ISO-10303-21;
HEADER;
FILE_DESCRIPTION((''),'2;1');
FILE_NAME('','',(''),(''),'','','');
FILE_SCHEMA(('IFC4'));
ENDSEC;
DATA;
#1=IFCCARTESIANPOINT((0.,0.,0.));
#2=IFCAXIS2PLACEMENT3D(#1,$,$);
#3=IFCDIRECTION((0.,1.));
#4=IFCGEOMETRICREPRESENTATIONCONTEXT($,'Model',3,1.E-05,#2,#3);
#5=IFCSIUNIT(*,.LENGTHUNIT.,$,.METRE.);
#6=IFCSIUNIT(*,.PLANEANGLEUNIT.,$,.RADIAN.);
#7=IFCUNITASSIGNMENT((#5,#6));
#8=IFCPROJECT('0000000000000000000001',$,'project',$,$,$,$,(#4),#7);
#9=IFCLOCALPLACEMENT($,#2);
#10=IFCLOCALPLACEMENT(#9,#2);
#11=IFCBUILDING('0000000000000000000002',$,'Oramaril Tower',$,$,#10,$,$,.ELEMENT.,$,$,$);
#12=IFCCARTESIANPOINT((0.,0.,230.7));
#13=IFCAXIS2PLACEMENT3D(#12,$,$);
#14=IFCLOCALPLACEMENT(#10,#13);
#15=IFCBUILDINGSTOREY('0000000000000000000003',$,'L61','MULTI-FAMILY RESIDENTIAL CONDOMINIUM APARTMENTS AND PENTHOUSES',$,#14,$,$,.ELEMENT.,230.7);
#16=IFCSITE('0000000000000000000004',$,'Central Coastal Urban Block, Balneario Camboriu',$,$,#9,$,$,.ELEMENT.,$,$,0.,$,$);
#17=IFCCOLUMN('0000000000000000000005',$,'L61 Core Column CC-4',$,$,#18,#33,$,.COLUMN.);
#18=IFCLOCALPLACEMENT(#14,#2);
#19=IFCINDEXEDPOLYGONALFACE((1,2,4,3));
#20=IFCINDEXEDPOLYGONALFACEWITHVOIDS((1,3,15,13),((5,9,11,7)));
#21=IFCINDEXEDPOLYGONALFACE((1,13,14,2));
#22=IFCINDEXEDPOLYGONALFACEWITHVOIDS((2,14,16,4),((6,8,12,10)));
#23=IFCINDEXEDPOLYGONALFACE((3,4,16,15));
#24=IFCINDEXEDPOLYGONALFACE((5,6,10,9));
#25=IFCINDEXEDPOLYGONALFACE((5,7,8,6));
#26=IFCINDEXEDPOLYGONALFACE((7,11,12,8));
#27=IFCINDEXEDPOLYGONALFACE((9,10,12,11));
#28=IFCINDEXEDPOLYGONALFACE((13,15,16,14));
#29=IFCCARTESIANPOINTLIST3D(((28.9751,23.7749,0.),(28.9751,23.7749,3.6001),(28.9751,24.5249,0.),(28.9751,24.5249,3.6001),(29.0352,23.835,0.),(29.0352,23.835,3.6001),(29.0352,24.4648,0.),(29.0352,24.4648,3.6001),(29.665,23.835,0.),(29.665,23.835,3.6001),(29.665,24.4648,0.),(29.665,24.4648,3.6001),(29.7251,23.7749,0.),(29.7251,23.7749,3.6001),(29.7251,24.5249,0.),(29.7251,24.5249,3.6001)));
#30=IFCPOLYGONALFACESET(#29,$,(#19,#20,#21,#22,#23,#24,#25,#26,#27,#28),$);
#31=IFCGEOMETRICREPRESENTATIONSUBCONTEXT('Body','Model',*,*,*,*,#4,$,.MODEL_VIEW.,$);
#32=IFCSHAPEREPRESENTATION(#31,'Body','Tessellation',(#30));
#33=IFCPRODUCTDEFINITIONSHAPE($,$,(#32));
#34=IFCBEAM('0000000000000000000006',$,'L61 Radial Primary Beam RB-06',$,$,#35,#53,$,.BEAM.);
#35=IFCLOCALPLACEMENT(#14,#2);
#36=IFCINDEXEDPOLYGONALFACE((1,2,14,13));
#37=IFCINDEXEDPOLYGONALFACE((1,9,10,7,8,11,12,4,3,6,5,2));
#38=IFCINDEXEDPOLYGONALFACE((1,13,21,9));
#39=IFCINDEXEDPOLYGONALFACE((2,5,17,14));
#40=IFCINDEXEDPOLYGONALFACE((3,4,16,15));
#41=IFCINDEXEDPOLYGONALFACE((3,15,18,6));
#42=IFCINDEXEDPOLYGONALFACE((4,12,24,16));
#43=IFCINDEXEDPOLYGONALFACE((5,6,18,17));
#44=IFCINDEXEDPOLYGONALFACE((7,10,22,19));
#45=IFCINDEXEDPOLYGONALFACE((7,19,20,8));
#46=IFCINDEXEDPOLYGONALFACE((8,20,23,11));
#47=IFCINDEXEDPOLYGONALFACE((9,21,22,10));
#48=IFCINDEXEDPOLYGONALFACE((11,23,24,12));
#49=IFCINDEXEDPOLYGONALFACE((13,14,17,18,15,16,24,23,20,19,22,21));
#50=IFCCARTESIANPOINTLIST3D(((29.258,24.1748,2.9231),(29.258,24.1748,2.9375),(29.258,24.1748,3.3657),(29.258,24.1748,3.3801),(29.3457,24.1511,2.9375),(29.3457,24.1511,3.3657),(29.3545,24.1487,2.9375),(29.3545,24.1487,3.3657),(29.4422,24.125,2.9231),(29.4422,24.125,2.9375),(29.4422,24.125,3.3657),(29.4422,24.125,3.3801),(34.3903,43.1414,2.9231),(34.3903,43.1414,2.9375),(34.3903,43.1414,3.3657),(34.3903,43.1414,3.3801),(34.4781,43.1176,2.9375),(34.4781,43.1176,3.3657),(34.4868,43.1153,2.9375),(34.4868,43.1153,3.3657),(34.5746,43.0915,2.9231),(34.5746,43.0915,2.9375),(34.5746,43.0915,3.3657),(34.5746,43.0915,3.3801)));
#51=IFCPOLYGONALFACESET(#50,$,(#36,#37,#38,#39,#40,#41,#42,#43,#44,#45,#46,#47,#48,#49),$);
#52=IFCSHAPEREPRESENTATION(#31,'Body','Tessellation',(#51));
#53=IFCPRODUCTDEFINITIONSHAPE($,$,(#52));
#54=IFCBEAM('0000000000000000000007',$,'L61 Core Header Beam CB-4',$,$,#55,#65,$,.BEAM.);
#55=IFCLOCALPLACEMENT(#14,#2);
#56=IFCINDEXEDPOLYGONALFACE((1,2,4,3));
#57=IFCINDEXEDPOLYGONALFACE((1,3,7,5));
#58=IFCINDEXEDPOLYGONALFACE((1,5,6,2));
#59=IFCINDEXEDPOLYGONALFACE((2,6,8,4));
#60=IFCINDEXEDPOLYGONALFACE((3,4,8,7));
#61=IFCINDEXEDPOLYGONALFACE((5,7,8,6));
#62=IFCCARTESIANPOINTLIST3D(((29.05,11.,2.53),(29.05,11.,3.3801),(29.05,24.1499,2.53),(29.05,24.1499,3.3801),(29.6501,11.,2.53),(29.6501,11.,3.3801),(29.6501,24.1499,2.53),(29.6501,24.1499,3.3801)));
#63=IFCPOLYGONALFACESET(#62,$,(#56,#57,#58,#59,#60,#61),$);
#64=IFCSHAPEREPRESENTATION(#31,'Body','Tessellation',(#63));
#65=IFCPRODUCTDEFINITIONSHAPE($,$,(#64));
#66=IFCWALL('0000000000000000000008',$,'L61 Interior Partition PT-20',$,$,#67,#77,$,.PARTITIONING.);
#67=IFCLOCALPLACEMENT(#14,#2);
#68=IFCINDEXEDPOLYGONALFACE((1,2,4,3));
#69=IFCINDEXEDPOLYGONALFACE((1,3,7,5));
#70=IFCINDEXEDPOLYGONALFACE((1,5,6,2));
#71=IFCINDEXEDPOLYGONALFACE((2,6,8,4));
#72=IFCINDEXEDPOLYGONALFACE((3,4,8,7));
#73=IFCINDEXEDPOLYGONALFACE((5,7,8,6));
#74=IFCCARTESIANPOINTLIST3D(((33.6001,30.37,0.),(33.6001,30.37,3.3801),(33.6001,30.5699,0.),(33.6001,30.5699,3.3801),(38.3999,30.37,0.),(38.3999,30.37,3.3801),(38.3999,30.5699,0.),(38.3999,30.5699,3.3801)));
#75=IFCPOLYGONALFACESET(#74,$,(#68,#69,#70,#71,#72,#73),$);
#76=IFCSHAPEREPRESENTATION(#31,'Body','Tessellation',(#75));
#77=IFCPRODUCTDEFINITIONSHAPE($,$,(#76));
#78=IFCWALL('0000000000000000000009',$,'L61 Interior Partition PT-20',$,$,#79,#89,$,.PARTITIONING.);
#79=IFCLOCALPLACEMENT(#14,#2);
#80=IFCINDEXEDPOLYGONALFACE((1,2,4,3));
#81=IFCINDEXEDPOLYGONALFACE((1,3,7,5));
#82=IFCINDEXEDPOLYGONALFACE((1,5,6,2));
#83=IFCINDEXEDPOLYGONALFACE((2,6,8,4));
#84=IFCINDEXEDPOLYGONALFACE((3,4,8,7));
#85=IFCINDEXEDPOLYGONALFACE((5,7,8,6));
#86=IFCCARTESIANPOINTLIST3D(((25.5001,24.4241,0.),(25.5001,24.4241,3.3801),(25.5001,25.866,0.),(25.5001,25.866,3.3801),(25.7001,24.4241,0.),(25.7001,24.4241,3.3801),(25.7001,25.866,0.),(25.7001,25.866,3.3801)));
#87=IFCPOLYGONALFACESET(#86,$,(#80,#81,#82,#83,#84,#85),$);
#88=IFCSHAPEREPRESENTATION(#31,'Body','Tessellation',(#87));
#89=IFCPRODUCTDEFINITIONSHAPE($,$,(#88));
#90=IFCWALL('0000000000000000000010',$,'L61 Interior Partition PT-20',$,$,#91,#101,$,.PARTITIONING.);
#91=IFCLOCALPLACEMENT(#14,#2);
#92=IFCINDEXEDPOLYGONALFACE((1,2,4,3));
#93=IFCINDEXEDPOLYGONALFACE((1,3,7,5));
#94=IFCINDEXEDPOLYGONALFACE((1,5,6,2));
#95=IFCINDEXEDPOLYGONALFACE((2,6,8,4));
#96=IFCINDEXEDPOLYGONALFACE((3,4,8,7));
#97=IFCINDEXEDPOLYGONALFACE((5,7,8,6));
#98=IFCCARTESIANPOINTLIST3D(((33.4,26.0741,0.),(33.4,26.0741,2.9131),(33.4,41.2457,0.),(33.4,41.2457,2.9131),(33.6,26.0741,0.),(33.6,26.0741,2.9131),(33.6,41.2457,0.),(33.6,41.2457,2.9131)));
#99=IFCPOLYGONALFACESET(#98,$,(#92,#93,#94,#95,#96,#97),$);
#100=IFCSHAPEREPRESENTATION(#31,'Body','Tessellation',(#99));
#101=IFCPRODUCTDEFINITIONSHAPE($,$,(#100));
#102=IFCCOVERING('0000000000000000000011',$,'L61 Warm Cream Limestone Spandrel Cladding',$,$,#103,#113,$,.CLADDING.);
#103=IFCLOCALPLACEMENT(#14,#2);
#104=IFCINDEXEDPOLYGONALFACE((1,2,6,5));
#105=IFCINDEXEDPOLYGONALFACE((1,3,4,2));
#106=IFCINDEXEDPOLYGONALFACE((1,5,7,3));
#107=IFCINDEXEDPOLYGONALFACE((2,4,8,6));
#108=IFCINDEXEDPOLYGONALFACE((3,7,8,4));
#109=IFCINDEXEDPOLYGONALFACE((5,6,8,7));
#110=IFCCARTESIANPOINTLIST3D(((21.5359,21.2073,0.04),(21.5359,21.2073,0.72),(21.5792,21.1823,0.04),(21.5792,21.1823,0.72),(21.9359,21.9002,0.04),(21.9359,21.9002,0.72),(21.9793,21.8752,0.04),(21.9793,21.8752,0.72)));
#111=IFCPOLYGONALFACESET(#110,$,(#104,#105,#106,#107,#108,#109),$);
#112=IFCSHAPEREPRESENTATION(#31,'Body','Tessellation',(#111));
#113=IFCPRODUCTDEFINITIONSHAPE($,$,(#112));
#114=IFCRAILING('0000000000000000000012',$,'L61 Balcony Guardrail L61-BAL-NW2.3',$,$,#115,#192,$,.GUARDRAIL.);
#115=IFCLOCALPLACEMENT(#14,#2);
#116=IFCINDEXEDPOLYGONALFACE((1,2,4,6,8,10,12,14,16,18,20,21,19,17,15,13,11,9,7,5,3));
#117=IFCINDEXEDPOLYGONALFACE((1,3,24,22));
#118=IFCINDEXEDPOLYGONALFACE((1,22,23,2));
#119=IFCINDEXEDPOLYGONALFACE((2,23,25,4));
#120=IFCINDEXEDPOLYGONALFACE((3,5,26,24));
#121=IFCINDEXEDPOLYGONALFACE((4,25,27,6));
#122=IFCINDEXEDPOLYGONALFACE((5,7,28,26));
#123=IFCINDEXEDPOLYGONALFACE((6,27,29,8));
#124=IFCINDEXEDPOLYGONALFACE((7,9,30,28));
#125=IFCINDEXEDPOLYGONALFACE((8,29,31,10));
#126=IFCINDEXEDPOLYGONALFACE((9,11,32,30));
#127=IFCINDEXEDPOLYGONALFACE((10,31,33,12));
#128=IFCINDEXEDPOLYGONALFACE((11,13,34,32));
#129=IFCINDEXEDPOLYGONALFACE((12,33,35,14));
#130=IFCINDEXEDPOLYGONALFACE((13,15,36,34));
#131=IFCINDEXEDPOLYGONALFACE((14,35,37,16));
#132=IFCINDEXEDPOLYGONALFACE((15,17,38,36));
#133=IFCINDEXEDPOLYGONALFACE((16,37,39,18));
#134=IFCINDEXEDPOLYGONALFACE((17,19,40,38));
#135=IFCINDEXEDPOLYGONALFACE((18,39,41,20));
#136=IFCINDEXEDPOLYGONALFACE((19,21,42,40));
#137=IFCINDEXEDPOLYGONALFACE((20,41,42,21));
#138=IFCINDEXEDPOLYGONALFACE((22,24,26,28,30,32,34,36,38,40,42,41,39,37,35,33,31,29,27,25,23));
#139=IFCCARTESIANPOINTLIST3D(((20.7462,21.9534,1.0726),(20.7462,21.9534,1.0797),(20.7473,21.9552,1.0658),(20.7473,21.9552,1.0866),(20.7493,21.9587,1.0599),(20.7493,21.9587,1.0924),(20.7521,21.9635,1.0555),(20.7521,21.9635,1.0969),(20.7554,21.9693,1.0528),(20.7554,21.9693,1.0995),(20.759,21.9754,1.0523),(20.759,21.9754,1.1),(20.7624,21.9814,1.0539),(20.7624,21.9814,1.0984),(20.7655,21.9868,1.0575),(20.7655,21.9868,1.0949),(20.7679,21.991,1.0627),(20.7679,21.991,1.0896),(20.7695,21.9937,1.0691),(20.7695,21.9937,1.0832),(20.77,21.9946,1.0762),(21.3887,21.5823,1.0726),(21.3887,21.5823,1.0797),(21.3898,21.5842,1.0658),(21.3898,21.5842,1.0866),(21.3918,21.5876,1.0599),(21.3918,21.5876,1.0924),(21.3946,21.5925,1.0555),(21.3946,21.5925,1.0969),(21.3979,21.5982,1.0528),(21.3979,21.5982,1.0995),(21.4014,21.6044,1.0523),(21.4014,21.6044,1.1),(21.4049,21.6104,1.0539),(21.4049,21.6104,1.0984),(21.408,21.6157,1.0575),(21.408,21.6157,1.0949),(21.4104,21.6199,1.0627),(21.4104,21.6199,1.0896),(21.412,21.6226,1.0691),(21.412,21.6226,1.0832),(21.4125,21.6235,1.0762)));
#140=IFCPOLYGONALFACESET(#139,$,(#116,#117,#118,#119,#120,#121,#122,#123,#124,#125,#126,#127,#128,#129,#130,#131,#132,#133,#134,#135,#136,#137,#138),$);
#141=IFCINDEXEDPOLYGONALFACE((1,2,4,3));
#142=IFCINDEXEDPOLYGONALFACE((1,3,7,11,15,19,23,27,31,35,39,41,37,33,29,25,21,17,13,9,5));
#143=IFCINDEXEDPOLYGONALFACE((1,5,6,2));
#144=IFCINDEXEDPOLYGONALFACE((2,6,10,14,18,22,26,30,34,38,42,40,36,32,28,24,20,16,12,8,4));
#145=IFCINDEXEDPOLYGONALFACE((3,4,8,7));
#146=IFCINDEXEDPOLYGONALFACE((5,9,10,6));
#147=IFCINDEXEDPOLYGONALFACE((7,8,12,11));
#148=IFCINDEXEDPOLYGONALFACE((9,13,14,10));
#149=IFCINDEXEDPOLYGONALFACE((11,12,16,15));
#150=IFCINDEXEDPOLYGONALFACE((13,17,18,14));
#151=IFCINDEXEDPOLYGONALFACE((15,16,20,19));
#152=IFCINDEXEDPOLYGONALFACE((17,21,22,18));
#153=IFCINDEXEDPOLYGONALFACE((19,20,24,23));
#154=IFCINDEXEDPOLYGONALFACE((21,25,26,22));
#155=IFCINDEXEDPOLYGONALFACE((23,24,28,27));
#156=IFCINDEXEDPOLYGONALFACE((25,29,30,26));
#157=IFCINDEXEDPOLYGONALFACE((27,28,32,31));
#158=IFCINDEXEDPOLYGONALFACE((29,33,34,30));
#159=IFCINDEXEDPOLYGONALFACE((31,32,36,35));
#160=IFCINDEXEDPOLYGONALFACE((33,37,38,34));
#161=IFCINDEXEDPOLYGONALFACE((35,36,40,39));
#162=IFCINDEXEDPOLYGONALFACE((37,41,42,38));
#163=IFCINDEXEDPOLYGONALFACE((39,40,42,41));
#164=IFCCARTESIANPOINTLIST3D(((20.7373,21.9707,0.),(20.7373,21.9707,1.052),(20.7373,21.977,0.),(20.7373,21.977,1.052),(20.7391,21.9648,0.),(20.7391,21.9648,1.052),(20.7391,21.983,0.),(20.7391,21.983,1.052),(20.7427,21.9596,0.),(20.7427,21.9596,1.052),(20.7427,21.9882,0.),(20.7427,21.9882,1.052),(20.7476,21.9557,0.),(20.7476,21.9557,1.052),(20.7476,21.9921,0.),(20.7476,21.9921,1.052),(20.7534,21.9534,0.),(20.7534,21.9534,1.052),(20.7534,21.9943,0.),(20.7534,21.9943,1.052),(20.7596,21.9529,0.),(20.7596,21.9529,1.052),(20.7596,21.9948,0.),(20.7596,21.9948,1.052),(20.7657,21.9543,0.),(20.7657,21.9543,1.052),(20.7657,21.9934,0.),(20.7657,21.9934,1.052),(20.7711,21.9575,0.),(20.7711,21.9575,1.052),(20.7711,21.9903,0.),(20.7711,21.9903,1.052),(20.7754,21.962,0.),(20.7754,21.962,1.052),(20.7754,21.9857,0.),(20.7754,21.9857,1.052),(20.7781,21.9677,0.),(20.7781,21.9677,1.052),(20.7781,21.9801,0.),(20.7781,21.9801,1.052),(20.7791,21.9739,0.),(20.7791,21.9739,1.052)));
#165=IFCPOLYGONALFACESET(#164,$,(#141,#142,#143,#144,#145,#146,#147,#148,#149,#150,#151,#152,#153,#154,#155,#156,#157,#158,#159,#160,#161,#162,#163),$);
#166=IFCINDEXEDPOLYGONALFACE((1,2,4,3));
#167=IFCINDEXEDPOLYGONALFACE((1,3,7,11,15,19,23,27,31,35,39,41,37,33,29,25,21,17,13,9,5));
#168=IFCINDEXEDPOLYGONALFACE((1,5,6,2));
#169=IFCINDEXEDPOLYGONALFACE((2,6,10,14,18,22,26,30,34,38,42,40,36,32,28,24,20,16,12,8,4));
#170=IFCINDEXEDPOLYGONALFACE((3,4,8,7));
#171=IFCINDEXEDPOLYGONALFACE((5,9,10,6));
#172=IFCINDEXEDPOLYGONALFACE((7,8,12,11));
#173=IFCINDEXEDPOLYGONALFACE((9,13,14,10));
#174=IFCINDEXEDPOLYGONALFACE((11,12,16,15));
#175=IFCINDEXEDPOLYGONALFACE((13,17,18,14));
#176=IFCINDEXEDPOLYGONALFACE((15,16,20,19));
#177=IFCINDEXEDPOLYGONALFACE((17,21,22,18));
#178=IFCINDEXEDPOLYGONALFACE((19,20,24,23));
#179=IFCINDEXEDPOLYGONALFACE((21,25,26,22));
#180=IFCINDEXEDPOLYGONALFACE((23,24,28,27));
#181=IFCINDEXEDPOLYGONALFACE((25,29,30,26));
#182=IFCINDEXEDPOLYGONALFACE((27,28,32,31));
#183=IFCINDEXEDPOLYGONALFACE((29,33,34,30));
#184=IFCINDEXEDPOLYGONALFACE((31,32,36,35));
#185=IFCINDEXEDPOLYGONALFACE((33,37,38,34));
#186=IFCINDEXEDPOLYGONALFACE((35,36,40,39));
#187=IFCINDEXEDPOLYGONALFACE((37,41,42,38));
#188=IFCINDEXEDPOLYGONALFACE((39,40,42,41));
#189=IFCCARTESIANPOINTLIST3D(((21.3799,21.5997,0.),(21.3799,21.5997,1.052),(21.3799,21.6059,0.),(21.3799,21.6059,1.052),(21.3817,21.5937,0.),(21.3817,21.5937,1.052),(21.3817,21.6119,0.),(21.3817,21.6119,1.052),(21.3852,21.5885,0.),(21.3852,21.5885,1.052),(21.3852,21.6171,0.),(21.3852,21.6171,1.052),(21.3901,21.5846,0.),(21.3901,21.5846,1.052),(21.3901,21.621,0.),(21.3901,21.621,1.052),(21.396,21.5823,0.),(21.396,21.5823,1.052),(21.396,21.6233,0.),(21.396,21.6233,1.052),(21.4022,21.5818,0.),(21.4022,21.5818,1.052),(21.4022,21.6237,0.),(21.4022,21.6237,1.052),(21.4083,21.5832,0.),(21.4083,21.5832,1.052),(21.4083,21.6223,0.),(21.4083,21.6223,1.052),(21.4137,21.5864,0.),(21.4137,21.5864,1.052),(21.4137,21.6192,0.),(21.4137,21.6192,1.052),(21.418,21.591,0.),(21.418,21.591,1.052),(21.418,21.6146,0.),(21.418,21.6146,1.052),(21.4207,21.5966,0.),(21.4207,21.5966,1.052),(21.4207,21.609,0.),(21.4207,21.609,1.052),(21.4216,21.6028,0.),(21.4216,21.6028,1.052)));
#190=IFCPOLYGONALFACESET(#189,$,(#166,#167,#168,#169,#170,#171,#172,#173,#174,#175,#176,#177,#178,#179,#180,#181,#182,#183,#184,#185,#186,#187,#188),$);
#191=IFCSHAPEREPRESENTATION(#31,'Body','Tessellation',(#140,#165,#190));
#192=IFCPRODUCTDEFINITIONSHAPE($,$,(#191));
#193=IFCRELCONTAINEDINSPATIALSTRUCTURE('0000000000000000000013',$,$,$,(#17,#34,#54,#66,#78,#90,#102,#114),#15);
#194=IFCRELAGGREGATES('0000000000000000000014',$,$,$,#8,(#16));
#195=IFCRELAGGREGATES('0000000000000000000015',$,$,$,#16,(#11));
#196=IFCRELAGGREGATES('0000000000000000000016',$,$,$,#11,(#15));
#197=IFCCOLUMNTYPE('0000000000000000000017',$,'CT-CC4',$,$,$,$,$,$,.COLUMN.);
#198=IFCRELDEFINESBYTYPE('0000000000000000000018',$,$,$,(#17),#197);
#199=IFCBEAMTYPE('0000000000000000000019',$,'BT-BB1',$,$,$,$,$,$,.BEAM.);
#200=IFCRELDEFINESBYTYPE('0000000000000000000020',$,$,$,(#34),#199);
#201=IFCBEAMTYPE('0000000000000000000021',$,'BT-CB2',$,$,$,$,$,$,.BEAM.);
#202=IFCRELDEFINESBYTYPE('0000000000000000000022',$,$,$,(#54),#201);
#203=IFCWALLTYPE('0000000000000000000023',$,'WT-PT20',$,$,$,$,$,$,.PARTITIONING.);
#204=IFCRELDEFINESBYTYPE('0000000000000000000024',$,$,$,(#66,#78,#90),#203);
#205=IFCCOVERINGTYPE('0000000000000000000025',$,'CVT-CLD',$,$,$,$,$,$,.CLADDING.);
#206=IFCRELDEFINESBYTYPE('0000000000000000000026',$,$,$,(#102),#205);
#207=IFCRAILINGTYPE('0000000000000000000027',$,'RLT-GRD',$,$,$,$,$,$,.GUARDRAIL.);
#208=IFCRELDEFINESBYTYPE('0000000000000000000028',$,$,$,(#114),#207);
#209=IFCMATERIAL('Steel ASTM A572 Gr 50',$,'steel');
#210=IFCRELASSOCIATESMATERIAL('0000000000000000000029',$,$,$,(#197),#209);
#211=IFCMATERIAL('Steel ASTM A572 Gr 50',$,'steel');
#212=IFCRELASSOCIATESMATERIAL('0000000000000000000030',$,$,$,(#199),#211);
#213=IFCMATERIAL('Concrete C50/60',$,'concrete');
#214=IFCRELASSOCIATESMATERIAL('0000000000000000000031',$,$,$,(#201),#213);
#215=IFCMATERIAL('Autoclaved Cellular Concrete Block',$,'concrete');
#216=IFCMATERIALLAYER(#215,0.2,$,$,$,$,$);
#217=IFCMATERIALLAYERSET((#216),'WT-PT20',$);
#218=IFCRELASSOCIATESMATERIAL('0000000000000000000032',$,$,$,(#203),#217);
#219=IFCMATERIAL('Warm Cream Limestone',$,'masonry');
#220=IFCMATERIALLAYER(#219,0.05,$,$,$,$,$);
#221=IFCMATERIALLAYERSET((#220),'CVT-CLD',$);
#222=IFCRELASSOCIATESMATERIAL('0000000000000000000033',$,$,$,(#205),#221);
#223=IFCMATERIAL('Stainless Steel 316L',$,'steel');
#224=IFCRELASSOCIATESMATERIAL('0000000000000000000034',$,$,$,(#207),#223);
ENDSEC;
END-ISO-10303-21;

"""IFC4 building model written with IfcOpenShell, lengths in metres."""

from ifc_helpers import new_model, si_unit, direction, frame, frame_2d, origin, origin_2d, place, context, subcontext, project, spatial, rectangle, hollow_rectangle, circle, i_section, extrude, material, layer, layer_set, material_profile, profile_set, type_object, element, save


model = new_model("IFC4")

# Units and contexts
model_context = context("Model", 3, precision=1e-05, world=origin(), true_north=direction((0.0, 1.0)))
body_context = subcontext(model_context, "Body", "Model", "MODEL_VIEW")
ifc_project = project(units=[si_unit("LENGTHUNIT", "METRE"), si_unit("PLANEANGLEUNIT", "RADIAN")], contexts=[model_context])

# Site, building, storey
site_placement = place(None, origin())
site = spatial("IfcSite", under=ifc_project, at=site_placement, Name="Central Coastal Urban Block, Balneario Camboriu", CompositionType="ELEMENT", RefElevation=0.0)
building_placement = place(site_placement, origin())
building = spatial("IfcBuilding", under=site, at=building_placement, Name="Oramaril Tower", CompositionType="ELEMENT")
storey_placement = place(building_placement, frame((0.0, 0.0, 230.7)))
storey = spatial("IfcBuildingStorey", under=building, at=storey_placement, Name="L61", Description="MULTI-FAMILY RESIDENTIAL CONDOMINIUM APARTMENTS AND PENTHOUSES", CompositionType="ELEMENT", Elevation=230.7)

# Column
ifc_material_1 = material(Name="Steel ASTM A572 Gr 50", Category="steel")
ifc_material_profile_1 = material_profile(ifc_material_1, hollow_rectangle(XDim=0.75, YDim=0.75, WallThickness=0.0601, at=origin_2d()), Name="BOX750X750X60")
ifc_profile_set_1 = profile_set([ifc_material_profile_1], Name="Steel ASTM A572 Gr 50")
column_type = type_object("IfcColumnType", Name="CT-CC4", PredefinedType="COLUMN", material=ifc_profile_set_1)
column_placement = place(storey_placement, frame((29.3501, 24.1499, 0.0), z_axis=(0.0, 0.0, 1.0), x_axis=(1.0, 0.0, 0.0)))
element("IfcColumn", 1, at=column_placement, inside=storey, type_object=column_type, Name="L61 Core Column CC-4", PredefinedType="COLUMN", context=body_context, shape_type="SweptSolid", body=[
    extrude(hollow_rectangle(XDim=0.75, YDim=0.75, WallThickness=0.0601, at=origin_2d()), origin(), (0.0, 0.0, 1.0), 3.6001),
])

# Beams
ifc_material_2 = material(Name="Steel ASTM A572 Gr 50", Category="steel")
ifc_material_profile_2 = material_profile(ifc_material_2, i_section(OverallWidth=0.1909, OverallDepth=0.457, WebThickness=0.009, FlangeThickness=0.0144, at=origin_2d()), Name="W18X50")
ifc_profile_set_2 = profile_set([ifc_material_profile_2], Name="Steel ASTM A572 Gr 50")
beam_type_1 = type_object("IfcBeamType", Name="BT-BB1", PredefinedType="BEAM", material=ifc_profile_set_2)
beam_1_placement = place(storey_placement, frame((29.3501, 24.1499, 3.1516), z_axis=(0.261204, 0.965284, 0.0), x_axis=(-0.965284, 0.261204, 0.0)))
element("IfcBeam", 2, at=beam_1_placement, inside=storey, type_object=beam_type_1, Name="L61 Radial Primary Beam RB-06", PredefinedType="BEAM", context=body_context, shape_type="SweptSolid", body=[
    extrude(i_section(OverallWidth=0.1909, OverallDepth=0.457, WebThickness=0.009, FlangeThickness=0.0144, at=origin_2d()), origin(), (0.0, 0.0, 1.0), 19.6487),
])
ifc_material_3 = material(Name="Concrete C50/60", Category="concrete")
ifc_material_profile_3 = material_profile(ifc_material_3, rectangle(XDim=0.6001, YDim=0.8501, at=origin_2d()), Name="CB600X850")
ifc_profile_set_3 = profile_set([ifc_material_profile_3], Name="Concrete C50/60")
beam_type_2 = type_object("IfcBeamType", Name="BT-CB2", PredefinedType="BEAM", material=ifc_profile_set_3)
beam_2_placement = place(storey_placement, frame((29.3501, 24.1499, 2.9551), z_axis=(0.0, -1.0, 0.0), x_axis=(1.0, 0.0, 0.0)))
element("IfcBeam", 3, at=beam_2_placement, inside=storey, type_object=beam_type_2, Name="L61 Core Header Beam CB-4", PredefinedType="BEAM", context=body_context, shape_type="SweptSolid", body=[
    extrude(rectangle(XDim=0.6001, YDim=0.8501, at=origin_2d()), origin(), (0.0, 0.0, 1.0), 13.1499),
])

# Shared definitions
ifc_material_4 = material(Name="Autoclaved Cellular Concrete Block", Category="concrete")
ifc_layer_1 = layer(ifc_material_4, 0.2)
ifc_layer_set_1 = layer_set([ifc_layer_1], Name="WT-PT20")
wall_type_1 = type_object("IfcWallType", Name="WT-PT20", PredefinedType="PARTITIONING", material=ifc_layer_set_1)

# Walls
wall_1_placement = place(storey_placement, frame((33.6001, 30.47, 0.0), z_axis=(0.0, 0.0, 1.0), x_axis=(1.0, 0.0, 0.0)))
element("IfcWall", 4, at=wall_1_placement, inside=storey, type_object=wall_type_1, Name="L61 Interior Partition PT-20", PredefinedType="PARTITIONING", context=body_context, shape_type="SweptSolid", body=[
    extrude(rectangle(XDim=4.7998, YDim=0.2, at=frame_2d((2.3999, 0.0))), origin(), (0.0, 0.0, 1.0), 3.3801),
])
wall_2_placement = place(storey_placement, frame((25.6001, 24.4241, 0.0), z_axis=(0.0, 0.0, 1.0), x_axis=(0.0, 1.0, 0.0)))
element("IfcWall", 5, at=wall_2_placement, inside=storey, type_object=wall_type_1, Name="L61 Interior Partition PT-20", PredefinedType="PARTITIONING", context=body_context, shape_type="SweptSolid", body=[
    extrude(rectangle(XDim=1.4419, YDim=0.2, at=frame_2d((0.7209, 0.0))), origin(), (0.0, 0.0, 1.0), 3.3801),
])
wall_3_placement = place(storey_placement, frame((33.5, 26.074, 0.0), z_axis=(0.0, 0.0, 1.0), x_axis=(0.0, 1.0, 0.0)))
element("IfcWall", 6, at=wall_3_placement, inside=storey, type_object=wall_type_1, Name="L61 Interior Partition PT-20", PredefinedType="PARTITIONING", context=body_context, shape_type="SweptSolid", body=[
    extrude(rectangle(XDim=15.1716, YDim=0.2, at=frame_2d((7.5859, 0.0))), origin(), (0.0, 0.0, 1.0), 2.9131),
])

# Covering
ifc_material_5 = material(Name="Warm Cream Limestone", Category="masonry")
ifc_layer_2 = layer(ifc_material_5, 0.05)
ifc_layer_set_2 = layer_set([ifc_layer_2], Name="CVT-CLD")
covering_type = type_object("IfcCoveringType", Name="CVT-CLD", PredefinedType="CLADDING", material=ifc_layer_set_2)
covering_placement = place(storey_placement, frame((21.7576, 21.5413, 0.04), z_axis=(0.0, 0.0, 1.0), x_axis=(-0.500002, -0.866025, 0.0)))
element("IfcCovering", 7, at=covering_placement, inside=storey, type_object=covering_type, Name="L61 Warm Cream Limestone Spandrel Cladding", PredefinedType="CLADDING", context=body_context, shape_type="SweptSolid", body=[
    extrude(rectangle(XDim=0.8, YDim=0.05, at=origin_2d()), origin(), (0.0, 0.0, 1.0), 0.6799),
])

# Railing
ifc_material_6 = material(Name="Stainless Steel 316L", Category="steel")
railing_type = type_object("IfcRailingType", Name="RLT-GRD", PredefinedType="GUARDRAIL", material=ifc_material_6)
railing_placement = place(storey_placement, frame((20.7581, 21.9739, 0.0)))
element("IfcRailing", 8, at=railing_placement, inside=storey, type_object=railing_type, Name="L61 Balcony Guardrail L61-BAL-NW2.3", PredefinedType="GUARDRAIL", context=body_context, shape_type="SweptSolid", body=[
    extrude(circle(Radius=0.0239, at=origin_2d()), frame((0.0, 0.0, 1.0762), z_axis=(0.865966, -0.500102, 0.0), x_axis=(0.500102, 0.865966, 0.0)), (0.0, 0.0, 1.0), 0.7419),
    extrude(circle(Radius=0.021, at=origin_2d()), origin(), (0.0, 0.0, 1.0), 1.052),
    extrude(circle(Radius=0.021, at=origin_2d()), frame((0.6426, -0.3711, 0.0)), (0.0, 0.0, 1.0), 1.052),
])

save(model, "model.ifc")
